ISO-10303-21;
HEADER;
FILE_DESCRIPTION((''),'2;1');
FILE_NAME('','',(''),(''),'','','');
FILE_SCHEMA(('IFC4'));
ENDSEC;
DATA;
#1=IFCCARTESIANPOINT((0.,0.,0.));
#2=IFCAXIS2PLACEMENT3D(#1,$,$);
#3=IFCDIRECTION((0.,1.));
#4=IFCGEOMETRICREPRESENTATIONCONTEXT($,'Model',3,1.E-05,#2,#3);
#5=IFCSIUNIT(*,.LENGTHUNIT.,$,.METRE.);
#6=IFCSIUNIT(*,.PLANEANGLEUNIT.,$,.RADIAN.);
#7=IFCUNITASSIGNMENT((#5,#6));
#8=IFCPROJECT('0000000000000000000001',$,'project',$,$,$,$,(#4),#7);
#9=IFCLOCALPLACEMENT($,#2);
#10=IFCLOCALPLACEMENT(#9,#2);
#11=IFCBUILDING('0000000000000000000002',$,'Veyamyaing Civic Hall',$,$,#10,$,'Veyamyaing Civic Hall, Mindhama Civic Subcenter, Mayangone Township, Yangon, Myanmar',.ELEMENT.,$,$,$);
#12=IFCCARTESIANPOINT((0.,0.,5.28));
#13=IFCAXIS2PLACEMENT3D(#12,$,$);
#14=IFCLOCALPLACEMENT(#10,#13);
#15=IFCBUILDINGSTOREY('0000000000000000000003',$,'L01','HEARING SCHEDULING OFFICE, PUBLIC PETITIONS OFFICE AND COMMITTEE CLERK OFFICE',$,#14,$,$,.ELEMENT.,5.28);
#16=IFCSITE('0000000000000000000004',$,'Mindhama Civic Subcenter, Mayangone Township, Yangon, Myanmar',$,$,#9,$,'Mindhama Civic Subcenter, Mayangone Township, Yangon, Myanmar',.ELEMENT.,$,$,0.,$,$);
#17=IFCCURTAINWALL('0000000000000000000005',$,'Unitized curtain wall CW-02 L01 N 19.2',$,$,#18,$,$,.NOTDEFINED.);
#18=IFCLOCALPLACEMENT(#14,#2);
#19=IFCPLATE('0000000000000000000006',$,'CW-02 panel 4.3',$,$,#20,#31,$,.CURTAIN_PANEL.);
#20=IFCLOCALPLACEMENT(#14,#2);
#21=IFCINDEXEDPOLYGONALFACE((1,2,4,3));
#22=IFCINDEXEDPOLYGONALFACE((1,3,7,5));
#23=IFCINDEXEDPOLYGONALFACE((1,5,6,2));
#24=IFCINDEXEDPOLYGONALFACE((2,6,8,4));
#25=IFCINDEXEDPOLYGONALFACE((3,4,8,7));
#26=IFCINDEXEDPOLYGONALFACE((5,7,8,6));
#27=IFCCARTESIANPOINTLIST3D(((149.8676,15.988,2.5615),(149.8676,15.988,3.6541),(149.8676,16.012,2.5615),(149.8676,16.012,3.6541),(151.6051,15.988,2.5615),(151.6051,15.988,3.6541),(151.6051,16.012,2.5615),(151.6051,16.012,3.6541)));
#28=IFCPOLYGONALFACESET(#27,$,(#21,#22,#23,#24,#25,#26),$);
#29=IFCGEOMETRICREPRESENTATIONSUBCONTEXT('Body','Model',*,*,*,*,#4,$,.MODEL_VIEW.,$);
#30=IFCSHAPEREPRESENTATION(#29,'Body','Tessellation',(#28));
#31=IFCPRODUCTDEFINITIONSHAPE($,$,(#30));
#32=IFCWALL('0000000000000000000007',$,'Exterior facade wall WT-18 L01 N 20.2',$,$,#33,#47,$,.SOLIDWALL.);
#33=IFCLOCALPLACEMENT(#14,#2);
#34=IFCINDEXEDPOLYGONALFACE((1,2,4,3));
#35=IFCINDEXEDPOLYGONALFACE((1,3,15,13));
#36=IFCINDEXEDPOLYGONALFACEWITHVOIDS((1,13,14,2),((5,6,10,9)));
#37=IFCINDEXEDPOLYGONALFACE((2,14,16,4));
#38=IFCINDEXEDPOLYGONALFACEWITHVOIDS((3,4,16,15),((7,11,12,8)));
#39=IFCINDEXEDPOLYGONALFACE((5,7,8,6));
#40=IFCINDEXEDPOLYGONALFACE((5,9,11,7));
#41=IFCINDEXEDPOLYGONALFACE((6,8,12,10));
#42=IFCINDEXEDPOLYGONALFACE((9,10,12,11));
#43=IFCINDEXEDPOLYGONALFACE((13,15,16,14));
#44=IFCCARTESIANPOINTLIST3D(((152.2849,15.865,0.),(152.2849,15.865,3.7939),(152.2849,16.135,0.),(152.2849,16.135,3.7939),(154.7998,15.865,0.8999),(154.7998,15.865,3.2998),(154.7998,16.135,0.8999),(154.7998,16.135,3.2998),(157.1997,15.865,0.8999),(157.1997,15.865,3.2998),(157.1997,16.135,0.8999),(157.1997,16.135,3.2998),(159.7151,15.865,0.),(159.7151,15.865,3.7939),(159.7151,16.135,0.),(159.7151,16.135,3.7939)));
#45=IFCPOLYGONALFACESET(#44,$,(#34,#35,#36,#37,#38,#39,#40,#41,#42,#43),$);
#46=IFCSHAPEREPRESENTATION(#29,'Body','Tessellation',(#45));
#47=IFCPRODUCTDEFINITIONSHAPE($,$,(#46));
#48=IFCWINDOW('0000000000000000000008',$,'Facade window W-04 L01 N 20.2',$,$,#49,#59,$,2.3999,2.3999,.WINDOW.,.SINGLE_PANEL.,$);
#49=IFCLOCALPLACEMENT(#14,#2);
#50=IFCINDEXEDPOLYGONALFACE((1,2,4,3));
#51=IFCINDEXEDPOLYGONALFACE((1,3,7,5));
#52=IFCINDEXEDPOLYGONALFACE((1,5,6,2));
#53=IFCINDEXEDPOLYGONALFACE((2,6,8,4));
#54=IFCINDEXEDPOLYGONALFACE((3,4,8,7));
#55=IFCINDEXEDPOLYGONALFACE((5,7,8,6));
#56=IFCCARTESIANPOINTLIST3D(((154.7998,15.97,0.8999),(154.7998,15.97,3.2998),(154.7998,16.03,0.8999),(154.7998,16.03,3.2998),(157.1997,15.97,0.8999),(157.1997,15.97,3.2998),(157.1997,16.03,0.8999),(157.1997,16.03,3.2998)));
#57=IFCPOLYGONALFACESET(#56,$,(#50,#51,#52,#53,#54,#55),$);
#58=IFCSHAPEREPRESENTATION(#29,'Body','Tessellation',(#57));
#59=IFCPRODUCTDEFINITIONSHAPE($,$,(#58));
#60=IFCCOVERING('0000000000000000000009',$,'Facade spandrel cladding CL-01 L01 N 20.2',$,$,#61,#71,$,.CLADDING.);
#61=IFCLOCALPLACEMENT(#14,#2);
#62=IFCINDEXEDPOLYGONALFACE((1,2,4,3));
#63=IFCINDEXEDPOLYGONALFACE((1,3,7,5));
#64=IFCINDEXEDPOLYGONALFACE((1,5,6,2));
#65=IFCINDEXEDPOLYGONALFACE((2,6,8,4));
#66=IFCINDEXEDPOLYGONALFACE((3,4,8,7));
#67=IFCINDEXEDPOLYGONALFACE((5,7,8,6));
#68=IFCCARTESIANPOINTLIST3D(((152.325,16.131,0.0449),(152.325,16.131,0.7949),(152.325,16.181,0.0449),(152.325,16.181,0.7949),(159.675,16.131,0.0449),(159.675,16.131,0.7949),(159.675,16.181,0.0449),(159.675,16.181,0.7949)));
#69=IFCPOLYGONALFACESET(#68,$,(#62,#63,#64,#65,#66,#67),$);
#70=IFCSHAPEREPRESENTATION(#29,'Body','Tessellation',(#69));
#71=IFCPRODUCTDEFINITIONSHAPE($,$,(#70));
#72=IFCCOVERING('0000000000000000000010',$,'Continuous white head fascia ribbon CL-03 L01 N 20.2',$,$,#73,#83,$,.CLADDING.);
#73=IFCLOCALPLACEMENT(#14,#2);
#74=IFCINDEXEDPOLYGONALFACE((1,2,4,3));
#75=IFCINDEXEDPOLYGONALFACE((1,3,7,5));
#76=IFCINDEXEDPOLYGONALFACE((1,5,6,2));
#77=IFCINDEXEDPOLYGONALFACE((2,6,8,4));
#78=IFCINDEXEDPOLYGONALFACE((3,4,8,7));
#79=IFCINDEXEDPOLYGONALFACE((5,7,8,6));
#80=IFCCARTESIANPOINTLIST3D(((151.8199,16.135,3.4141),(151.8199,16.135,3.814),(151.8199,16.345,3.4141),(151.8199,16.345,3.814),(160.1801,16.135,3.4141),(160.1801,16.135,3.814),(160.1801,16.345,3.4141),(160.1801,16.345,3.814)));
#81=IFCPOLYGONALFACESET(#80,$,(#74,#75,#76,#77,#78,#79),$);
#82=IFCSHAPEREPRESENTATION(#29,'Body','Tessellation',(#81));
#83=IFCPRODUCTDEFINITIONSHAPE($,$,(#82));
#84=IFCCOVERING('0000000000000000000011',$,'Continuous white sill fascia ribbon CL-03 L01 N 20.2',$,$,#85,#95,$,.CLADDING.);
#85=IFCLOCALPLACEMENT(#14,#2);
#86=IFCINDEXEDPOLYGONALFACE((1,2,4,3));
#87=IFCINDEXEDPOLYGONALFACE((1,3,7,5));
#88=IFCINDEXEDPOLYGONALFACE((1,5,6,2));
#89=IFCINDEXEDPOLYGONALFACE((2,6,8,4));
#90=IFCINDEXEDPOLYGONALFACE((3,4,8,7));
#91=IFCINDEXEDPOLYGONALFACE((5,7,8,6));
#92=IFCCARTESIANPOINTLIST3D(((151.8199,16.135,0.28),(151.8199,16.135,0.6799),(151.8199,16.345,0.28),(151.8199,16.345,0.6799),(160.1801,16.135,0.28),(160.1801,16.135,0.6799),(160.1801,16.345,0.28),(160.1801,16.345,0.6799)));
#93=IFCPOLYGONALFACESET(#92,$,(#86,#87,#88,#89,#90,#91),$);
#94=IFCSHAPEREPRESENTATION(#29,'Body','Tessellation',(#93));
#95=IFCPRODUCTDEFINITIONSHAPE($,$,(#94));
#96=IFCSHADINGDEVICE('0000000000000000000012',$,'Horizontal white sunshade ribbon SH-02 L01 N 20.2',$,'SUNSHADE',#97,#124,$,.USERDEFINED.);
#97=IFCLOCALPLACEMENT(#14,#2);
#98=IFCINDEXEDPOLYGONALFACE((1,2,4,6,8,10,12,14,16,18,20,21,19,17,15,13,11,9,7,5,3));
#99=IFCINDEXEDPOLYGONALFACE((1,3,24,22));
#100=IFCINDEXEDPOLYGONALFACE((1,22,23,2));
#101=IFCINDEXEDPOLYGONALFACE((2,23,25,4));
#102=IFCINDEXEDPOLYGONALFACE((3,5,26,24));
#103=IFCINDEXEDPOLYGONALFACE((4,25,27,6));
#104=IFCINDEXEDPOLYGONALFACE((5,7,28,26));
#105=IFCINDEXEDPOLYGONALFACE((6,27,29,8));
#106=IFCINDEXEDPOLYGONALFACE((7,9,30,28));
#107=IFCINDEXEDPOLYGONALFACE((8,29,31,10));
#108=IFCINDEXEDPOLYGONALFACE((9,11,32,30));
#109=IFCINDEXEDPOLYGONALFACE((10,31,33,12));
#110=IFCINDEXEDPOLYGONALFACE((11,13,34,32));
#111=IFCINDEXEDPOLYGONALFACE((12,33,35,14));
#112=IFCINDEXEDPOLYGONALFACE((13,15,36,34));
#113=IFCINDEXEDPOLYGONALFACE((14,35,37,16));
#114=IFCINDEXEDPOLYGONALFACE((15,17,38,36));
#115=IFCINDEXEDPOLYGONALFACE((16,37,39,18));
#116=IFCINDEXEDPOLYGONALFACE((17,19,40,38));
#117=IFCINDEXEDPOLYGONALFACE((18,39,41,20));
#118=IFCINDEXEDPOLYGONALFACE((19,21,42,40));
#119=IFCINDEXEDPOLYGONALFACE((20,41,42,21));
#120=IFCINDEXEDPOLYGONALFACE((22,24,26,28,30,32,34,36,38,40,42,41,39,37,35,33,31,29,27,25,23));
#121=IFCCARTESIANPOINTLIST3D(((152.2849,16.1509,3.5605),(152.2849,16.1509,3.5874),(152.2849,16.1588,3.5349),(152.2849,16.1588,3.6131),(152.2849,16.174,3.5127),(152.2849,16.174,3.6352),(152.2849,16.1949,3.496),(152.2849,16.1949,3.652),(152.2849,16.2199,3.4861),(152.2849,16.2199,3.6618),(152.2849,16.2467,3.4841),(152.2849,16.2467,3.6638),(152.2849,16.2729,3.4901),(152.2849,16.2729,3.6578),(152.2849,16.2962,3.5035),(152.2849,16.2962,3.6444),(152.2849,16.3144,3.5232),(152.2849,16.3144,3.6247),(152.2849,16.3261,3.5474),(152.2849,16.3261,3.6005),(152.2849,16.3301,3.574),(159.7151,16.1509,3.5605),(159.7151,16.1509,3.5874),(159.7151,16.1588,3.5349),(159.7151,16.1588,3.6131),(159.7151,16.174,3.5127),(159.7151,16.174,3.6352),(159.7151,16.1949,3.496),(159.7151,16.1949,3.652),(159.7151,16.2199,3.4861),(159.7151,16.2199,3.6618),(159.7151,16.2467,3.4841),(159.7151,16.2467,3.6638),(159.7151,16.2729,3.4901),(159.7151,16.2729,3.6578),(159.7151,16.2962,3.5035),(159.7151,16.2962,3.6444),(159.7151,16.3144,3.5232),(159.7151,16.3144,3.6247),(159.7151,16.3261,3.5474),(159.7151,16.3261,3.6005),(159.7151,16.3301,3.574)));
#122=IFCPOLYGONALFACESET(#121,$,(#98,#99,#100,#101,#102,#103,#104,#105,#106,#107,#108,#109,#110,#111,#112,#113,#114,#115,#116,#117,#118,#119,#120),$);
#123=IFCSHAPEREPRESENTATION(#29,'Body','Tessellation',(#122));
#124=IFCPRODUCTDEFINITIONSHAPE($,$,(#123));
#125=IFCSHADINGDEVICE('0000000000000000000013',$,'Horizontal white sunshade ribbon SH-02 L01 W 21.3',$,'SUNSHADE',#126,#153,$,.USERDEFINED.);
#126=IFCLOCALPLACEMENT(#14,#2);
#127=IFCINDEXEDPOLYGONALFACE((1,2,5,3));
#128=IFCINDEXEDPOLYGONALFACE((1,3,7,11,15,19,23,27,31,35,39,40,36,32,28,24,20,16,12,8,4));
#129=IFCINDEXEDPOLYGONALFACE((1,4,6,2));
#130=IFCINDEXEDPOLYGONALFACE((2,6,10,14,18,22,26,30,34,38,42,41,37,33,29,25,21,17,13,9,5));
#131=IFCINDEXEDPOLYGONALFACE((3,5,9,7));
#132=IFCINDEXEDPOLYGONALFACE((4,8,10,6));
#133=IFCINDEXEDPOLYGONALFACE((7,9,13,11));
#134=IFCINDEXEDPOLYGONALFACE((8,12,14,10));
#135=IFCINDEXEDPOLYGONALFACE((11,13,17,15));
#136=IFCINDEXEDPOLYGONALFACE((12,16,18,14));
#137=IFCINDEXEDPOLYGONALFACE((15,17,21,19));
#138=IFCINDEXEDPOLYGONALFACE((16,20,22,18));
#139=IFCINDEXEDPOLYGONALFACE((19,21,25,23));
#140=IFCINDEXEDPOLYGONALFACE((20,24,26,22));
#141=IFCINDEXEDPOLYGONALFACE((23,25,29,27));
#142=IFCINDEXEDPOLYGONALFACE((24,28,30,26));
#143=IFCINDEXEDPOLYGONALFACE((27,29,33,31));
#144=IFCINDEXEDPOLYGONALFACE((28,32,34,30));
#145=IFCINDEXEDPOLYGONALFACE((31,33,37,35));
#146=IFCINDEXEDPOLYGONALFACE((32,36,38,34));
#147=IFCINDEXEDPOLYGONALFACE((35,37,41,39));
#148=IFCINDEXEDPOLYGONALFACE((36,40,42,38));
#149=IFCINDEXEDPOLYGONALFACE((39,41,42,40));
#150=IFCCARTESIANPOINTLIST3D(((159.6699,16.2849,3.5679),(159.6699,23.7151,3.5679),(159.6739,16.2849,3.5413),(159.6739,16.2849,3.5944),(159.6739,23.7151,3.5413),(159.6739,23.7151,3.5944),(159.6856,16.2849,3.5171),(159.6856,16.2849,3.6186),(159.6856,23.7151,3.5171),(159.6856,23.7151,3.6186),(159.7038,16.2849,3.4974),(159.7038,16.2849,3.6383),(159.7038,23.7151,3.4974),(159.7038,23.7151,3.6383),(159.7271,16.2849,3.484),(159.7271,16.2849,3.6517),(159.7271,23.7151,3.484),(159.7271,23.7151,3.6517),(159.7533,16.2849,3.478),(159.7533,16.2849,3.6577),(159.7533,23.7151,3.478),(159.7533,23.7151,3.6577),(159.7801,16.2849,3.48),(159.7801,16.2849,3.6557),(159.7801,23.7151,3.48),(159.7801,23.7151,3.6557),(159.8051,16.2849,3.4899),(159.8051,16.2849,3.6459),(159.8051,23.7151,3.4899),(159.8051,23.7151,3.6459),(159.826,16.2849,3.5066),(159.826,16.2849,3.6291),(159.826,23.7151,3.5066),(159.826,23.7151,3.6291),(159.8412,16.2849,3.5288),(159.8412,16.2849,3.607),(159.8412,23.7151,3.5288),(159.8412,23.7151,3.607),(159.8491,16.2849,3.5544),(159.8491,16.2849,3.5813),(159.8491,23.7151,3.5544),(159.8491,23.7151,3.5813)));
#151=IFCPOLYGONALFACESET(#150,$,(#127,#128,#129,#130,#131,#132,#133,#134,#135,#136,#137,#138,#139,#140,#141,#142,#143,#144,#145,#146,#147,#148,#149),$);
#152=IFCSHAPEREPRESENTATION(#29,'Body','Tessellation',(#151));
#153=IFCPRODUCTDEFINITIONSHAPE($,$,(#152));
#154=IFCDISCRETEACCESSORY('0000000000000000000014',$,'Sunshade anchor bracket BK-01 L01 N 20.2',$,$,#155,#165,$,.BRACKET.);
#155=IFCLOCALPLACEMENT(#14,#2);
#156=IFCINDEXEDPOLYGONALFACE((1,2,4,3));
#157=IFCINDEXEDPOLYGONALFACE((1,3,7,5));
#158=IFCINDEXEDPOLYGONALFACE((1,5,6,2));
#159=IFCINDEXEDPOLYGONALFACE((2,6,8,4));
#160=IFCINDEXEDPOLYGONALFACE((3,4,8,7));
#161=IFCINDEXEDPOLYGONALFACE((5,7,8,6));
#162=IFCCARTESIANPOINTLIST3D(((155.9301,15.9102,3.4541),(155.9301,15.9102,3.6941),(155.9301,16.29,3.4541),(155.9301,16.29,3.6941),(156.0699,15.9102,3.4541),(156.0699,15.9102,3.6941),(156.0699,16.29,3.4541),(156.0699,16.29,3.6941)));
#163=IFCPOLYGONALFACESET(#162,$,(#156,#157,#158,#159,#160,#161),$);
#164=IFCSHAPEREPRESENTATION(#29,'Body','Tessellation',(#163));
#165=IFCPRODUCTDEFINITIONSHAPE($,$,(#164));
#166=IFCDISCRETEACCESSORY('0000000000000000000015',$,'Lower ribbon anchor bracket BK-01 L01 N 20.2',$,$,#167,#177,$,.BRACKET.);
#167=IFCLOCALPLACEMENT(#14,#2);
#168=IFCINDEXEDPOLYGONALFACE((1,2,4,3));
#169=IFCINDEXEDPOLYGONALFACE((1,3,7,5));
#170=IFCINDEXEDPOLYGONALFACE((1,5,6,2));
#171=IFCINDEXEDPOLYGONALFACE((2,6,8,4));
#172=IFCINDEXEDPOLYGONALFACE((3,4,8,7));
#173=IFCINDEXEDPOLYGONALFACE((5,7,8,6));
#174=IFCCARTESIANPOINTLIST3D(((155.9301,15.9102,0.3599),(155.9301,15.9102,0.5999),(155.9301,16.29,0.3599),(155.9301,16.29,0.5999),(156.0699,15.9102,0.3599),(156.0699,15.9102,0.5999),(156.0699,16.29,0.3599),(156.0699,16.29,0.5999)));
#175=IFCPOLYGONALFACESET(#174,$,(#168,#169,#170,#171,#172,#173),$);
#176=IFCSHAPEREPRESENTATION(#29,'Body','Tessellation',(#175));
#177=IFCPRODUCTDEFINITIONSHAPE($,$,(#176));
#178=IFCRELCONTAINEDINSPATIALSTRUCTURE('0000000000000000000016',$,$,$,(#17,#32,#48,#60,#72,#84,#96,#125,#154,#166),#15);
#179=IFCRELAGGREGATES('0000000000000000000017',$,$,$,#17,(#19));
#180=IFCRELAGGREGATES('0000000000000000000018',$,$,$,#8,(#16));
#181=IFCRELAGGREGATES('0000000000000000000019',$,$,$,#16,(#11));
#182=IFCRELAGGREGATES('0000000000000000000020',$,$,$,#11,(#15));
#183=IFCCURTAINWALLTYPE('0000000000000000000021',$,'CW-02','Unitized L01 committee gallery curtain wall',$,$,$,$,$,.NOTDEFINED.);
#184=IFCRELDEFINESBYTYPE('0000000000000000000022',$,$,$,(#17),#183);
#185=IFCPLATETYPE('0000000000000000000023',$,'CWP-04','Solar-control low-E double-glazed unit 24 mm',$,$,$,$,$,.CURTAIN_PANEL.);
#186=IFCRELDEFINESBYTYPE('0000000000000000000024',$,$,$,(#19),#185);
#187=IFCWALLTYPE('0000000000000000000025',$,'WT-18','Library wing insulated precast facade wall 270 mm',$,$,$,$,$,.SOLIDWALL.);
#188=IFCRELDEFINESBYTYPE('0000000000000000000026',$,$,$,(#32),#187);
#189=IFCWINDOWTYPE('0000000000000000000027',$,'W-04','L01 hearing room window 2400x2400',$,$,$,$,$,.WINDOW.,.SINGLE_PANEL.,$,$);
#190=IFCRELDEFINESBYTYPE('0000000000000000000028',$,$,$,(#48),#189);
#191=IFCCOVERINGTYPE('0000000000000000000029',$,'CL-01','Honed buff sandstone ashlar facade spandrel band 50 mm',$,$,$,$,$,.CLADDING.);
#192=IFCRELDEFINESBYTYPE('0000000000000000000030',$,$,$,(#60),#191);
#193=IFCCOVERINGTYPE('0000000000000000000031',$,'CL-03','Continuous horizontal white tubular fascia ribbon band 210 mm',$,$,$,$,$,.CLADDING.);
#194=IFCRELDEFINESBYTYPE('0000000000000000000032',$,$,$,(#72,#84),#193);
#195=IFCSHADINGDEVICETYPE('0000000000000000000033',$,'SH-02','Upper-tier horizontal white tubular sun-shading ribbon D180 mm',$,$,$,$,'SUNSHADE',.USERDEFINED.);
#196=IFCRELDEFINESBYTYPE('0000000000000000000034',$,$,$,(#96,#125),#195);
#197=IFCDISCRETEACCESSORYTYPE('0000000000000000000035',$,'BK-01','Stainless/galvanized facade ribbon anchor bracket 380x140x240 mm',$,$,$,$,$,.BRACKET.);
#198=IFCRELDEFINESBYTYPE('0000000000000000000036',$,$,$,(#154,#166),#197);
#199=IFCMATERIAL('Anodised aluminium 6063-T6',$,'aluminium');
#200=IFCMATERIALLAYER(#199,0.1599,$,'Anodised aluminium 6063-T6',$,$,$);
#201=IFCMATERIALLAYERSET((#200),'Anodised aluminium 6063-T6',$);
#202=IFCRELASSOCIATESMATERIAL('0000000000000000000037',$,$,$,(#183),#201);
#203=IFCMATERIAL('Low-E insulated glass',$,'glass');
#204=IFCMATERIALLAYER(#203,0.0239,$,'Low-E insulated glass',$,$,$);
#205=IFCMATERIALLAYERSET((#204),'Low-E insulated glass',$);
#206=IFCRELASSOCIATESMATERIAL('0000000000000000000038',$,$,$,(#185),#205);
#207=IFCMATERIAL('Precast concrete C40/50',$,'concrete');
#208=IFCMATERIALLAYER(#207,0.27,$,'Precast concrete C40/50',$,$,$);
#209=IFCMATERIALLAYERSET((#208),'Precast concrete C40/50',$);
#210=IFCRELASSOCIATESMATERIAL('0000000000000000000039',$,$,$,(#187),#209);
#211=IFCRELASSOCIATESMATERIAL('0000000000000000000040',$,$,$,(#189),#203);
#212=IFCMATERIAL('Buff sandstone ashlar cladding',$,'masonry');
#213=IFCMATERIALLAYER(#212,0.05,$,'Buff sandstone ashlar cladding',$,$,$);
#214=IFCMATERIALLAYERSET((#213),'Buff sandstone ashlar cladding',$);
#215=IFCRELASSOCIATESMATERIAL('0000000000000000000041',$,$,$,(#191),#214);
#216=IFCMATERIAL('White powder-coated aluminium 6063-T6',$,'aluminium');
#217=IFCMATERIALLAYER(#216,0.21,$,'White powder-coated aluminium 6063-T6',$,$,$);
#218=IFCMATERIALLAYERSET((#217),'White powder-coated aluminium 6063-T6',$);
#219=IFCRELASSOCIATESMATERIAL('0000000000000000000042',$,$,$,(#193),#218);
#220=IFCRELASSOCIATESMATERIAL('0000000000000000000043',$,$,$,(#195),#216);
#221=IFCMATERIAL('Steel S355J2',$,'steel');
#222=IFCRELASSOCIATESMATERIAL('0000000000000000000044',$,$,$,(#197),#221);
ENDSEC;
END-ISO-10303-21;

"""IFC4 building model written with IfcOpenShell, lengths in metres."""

from ifc_helpers import new_model, si_unit, direction, frame, frame_2d, origin, origin_2d, place, context, subcontext, project, spatial, rectangle, circle, extrude, material, layer, layer_set, material_profile, profile_set, type_object, element, fill, aggregate, save


model = new_model("IFC4")

# Units and contexts
model_context = context("Model", 3, precision=1e-05, world=origin(), true_north=direction((0.0, 1.0)))
body_context = subcontext(model_context, "Body", "Model", "MODEL_VIEW")
ifc_project = project(units=[si_unit("LENGTHUNIT", "METRE"), si_unit("PLANEANGLEUNIT", "RADIAN")], contexts=[model_context])

# Site, building, storey
site_placement = place(None, origin())
site = spatial("IfcSite", under=ifc_project, at=site_placement, Name="Mindhama Civic Subcenter, Mayangone Township, Yangon, Myanmar", LongName="Mindhama Civic Subcenter, Mayangone Township, Yangon, Myanmar", CompositionType="ELEMENT", RefElevation=0.0)
building_placement = place(site_placement, origin())
building = spatial("IfcBuilding", under=site, at=building_placement, Name="Veyamyaing Civic Hall", LongName="Veyamyaing Civic Hall, Mindhama Civic Subcenter, Mayangone Township, Yangon, Myanmar", CompositionType="ELEMENT")
storey_placement = place(building_placement, frame((0.0, 0.0, 5.28)))
storey = spatial("IfcBuildingStorey", under=building, at=storey_placement, Name="L01", Description="HEARING SCHEDULING OFFICE, PUBLIC PETITIONS OFFICE AND COMMITTEE CLERK OFFICE", CompositionType="ELEMENT", Elevation=5.28)

# Curtain wall, plate
ifc_material_1 = material(Name="Anodised aluminium 6063-T6", Category="aluminium")
ifc_layer_1 = layer(ifc_material_1, 0.1599, Name="Anodised aluminium 6063-T6")
ifc_layer_set_1 = layer_set([ifc_layer_1], Name="Anodised aluminium 6063-T6")
curtain_wall_type = type_object("IfcCurtainWallType", Name="CW-02", Description="Unitized L01 committee gallery curtain wall", PredefinedType="NOTDEFINED", material=ifc_layer_set_1)
curtain_wall_placement = place(storey_placement, origin())
curtain_wall = element("IfcCurtainWall", 1, at=curtain_wall_placement, inside=storey, type_object=curtain_wall_type, Name="Unitized curtain wall CW-02 L01 N 19.2", PredefinedType="NOTDEFINED")
ifc_material_2 = material(Name="Low-E insulated glass", Category="glass")
ifc_layer_2 = layer(ifc_material_2, 0.0239, Name="Low-E insulated glass")
ifc_layer_set_2 = layer_set([ifc_layer_2], Name="Low-E insulated glass")
plate_type = type_object("IfcPlateType", Name="CWP-04", Description="Solar-control low-E double-glazed unit 24 mm", PredefinedType="CURTAIN_PANEL", material=ifc_layer_set_2)
plate_1_placement = place(storey_placement, frame((150.7363, 16.0, 2.5615), z_axis=(0.0, 0.0, 1.0), x_axis=(1.0, 0.0, 0.0)))
plate_1 = element("IfcPlate", 2, at=plate_1_placement, type_object=plate_type, Name="CW-02 panel 4.3", PredefinedType="CURTAIN_PANEL", context=body_context, shape_type="SweptSolid", body=[
    extrude(rectangle(XDim=1.7375, YDim=0.0239, at=origin_2d()), origin(), (0.0, 0.0, 1.0), 1.0925),
])
aggregate(curtain_wall, [plate_1])

# Wall, opening, window
ifc_material_3 = material(Name="Precast concrete C40/50", Category="concrete")
ifc_layer_3 = layer(ifc_material_3, 0.27, Name="Precast concrete C40/50")
ifc_layer_set_3 = layer_set([ifc_layer_3], Name="Precast concrete C40/50")
wall_type = type_object("IfcWallType", Name="WT-18", Description="Library wing insulated precast facade wall 270 mm", PredefinedType="SOLIDWALL", material=ifc_layer_set_3)
wall_placement = place(storey_placement, frame((152.2849, 16.0, 0.0), z_axis=(0.0, 0.0, 1.0), x_axis=(1.0, 0.0, 0.0)))
wall = element("IfcWall", 3, at=wall_placement, inside=storey, type_object=wall_type, Name="Exterior facade wall WT-18 L01 N 20.2", PredefinedType="SOLIDWALL", context=body_context, shape_type="SweptSolid", body=[
    extrude(rectangle(XDim=7.4302, YDim=0.27, at=frame_2d((3.7151, 0.0))), origin(), (0.0, 0.0, 1.0), 3.7939),
])
opening_placement = place(wall_placement, frame((2.5149, 0.0, 0.8999)))
opening = element("IfcOpeningElement", 4, at=opening_placement, cuts=wall, PredefinedType="OPENING", context=body_context, shape_type="SweptSolid", body=[
    extrude(rectangle(XDim=2.3999, YDim=2.3999, at=frame_2d((1.2, 1.2))), frame((0.0, 0.145, 0.0), z_axis=(0.0, -1.0, 0.0), x_axis=(1.0, 0.0, 0.0)), (0.0, 0.0, 1.0), 0.29),
])
window_type = type_object("IfcWindowType", Name="W-04", Description="L01 hearing room window 2400x2400", PartitioningType="SINGLE_PANEL", PredefinedType="WINDOW", material=ifc_material_2)
window_placement = place(opening_placement, origin())
window = element("IfcWindow", 5, at=window_placement, inside=storey, type_object=window_type, Name="Facade window W-04 L01 N 20.2", OverallHeight=2.3999, OverallWidth=2.3999, PartitioningType="SINGLE_PANEL", PredefinedType="WINDOW", context=body_context, shape_type="SweptSolid", body=[
    extrude(rectangle(XDim=2.3999, YDim=2.3999, at=frame_2d((1.2, 1.2))), frame((0.0, 0.03, 0.0), z_axis=(0.0, -1.0, 0.0), x_axis=(1.0, 0.0, 0.0)), (0.0, 0.0, 1.0), 0.0601),
])
fill(opening, window)

# Coverings
ifc_material_4 = material(Name="Buff sandstone ashlar cladding", Category="masonry")
ifc_layer_4 = layer(ifc_material_4, 0.05, Name="Buff sandstone ashlar cladding")
ifc_layer_set_4 = layer_set([ifc_layer_4], Name="Buff sandstone ashlar cladding")
covering_type_1 = type_object("IfcCoveringType", Name="CL-01", Description="Honed buff sandstone ashlar facade spandrel band 50 mm", PredefinedType="CLADDING", material=ifc_layer_set_4)
covering_placement = place(storey_placement, frame((156.0, 16.156, 0.0449), z_axis=(0.0, 0.0, 1.0), x_axis=(1.0, 0.0, 0.0)))
element("IfcCovering", 6, at=covering_placement, inside=storey, type_object=covering_type_1, Name="Facade spandrel cladding CL-01 L01 N 20.2", PredefinedType="CLADDING", context=body_context, shape_type="SweptSolid", body=[
    extrude(rectangle(XDim=7.3501, YDim=0.05, at=origin_2d()), origin(), (0.0, 0.0, 1.0), 0.75),
])
ifc_material_5 = material(Name="White powder-coated aluminium 6063-T6", Category="aluminium")
ifc_layer_5 = layer(ifc_material_5, 0.21, Name="White powder-coated aluminium 6063-T6")
ifc_layer_set_5 = layer_set([ifc_layer_5], Name="White powder-coated aluminium 6063-T6")
covering_type_2 = type_object("IfcCoveringType", Name="CL-03", Description="Continuous horizontal white tubular fascia ribbon band 210 mm", PredefinedType="CLADDING", material=ifc_layer_set_5)
for number, where, z_axis, x_axis, name in (
    (7, (156.0, 16.24, 3.4141), (0.0, 0.0, 1.0), (1.0, 0.0, 0.0), "Continuous white head fascia ribbon CL-03 L01 N 20.2"),
    (8, (156.0, 16.24, 0.28), (0.0, 0.0, 1.0), (1.0, 0.0, 0.0), "Continuous white sill fascia ribbon CL-03 L01 N 20.2"),
):
    element("IfcCovering", number, at=place(storey_placement, frame(where, z_axis=z_axis, x_axis=x_axis)), inside=storey, type_object=covering_type_2, Name=name, PredefinedType="CLADDING", context=body_context, shape_type="SweptSolid", body=[
        extrude(rectangle(XDim=8.3601, YDim=0.21, at=origin_2d()), origin(), (0.0, 0.0, 1.0), 0.3999),
    ])

# Shading devices
ifc_material_profile_1 = material_profile(ifc_material_5, circle(Radius=0.0901, at=origin_2d()), Name="SHADE-TUBE-180")
ifc_profile_set_1 = profile_set([ifc_material_profile_1], Name="White powder-coated aluminium 6063-T6")
shading_device_type = type_object("IfcShadingDeviceType", Name="SH-02", Description="Upper-tier horizontal white tubular sun-shading ribbon D180 mm", ElementType="SUNSHADE", PredefinedType="USERDEFINED", material=ifc_profile_set_1)
for number, where, z_axis, x_axis, name in (
    (9, (152.2849, 16.24, 3.574), (1.0, 0.0, 0.0), (0.0, 1.0, 0.0), "Horizontal white sunshade ribbon SH-02 L01 N 20.2"),
    (10, (159.76, 16.2849, 3.5679), (0.0, 1.0, 0.0), (-1.0, 0.0, 0.0), "Horizontal white sunshade ribbon SH-02 L01 W 21.3"),
):
    element("IfcShadingDevice", number, at=place(storey_placement, frame(where, z_axis=z_axis, x_axis=x_axis)), inside=storey, type_object=shading_device_type, Name=name, ObjectType="SUNSHADE", PredefinedType="USERDEFINED", context=body_context, shape_type="SweptSolid", body=[
        extrude(circle(Radius=0.0901, at=origin_2d()), origin(), (0.0, 0.0, 1.0), 7.4302),
    ])

# Discrete accessories
ifc_material_6 = material(Name="Steel S355J2", Category="steel")
discrete_accessory_type = type_object("IfcDiscreteAccessoryType", Name="BK-01", Description="Stainless/galvanized facade ribbon anchor bracket 380x140x240 mm", PredefinedType="BRACKET", material=ifc_material_6)
for number, where, z_axis, x_axis, name in (
    (11, (156.0, 16.1001, 3.4541), (0.0, 0.0, 1.0), (0.0, 1.0, 0.0), "Sunshade anchor bracket BK-01 L01 N 20.2"),
    (12, (156.0, 16.1001, 0.3599), (0.0, 0.0, 1.0), (0.0, 1.0, 0.0), "Lower ribbon anchor bracket BK-01 L01 N 20.2"),
):
    element("IfcDiscreteAccessory", number, at=place(storey_placement, frame(where, z_axis=z_axis, x_axis=x_axis)), inside=storey, type_object=discrete_accessory_type, Name=name, PredefinedType="BRACKET", context=body_context, shape_type="SweptSolid", body=[
        extrude(rectangle(XDim=0.3799, YDim=0.1399, at=origin_2d()), origin(), (0.0, 0.0, 1.0), 0.24),
    ])

save(model, "model.ifc")
